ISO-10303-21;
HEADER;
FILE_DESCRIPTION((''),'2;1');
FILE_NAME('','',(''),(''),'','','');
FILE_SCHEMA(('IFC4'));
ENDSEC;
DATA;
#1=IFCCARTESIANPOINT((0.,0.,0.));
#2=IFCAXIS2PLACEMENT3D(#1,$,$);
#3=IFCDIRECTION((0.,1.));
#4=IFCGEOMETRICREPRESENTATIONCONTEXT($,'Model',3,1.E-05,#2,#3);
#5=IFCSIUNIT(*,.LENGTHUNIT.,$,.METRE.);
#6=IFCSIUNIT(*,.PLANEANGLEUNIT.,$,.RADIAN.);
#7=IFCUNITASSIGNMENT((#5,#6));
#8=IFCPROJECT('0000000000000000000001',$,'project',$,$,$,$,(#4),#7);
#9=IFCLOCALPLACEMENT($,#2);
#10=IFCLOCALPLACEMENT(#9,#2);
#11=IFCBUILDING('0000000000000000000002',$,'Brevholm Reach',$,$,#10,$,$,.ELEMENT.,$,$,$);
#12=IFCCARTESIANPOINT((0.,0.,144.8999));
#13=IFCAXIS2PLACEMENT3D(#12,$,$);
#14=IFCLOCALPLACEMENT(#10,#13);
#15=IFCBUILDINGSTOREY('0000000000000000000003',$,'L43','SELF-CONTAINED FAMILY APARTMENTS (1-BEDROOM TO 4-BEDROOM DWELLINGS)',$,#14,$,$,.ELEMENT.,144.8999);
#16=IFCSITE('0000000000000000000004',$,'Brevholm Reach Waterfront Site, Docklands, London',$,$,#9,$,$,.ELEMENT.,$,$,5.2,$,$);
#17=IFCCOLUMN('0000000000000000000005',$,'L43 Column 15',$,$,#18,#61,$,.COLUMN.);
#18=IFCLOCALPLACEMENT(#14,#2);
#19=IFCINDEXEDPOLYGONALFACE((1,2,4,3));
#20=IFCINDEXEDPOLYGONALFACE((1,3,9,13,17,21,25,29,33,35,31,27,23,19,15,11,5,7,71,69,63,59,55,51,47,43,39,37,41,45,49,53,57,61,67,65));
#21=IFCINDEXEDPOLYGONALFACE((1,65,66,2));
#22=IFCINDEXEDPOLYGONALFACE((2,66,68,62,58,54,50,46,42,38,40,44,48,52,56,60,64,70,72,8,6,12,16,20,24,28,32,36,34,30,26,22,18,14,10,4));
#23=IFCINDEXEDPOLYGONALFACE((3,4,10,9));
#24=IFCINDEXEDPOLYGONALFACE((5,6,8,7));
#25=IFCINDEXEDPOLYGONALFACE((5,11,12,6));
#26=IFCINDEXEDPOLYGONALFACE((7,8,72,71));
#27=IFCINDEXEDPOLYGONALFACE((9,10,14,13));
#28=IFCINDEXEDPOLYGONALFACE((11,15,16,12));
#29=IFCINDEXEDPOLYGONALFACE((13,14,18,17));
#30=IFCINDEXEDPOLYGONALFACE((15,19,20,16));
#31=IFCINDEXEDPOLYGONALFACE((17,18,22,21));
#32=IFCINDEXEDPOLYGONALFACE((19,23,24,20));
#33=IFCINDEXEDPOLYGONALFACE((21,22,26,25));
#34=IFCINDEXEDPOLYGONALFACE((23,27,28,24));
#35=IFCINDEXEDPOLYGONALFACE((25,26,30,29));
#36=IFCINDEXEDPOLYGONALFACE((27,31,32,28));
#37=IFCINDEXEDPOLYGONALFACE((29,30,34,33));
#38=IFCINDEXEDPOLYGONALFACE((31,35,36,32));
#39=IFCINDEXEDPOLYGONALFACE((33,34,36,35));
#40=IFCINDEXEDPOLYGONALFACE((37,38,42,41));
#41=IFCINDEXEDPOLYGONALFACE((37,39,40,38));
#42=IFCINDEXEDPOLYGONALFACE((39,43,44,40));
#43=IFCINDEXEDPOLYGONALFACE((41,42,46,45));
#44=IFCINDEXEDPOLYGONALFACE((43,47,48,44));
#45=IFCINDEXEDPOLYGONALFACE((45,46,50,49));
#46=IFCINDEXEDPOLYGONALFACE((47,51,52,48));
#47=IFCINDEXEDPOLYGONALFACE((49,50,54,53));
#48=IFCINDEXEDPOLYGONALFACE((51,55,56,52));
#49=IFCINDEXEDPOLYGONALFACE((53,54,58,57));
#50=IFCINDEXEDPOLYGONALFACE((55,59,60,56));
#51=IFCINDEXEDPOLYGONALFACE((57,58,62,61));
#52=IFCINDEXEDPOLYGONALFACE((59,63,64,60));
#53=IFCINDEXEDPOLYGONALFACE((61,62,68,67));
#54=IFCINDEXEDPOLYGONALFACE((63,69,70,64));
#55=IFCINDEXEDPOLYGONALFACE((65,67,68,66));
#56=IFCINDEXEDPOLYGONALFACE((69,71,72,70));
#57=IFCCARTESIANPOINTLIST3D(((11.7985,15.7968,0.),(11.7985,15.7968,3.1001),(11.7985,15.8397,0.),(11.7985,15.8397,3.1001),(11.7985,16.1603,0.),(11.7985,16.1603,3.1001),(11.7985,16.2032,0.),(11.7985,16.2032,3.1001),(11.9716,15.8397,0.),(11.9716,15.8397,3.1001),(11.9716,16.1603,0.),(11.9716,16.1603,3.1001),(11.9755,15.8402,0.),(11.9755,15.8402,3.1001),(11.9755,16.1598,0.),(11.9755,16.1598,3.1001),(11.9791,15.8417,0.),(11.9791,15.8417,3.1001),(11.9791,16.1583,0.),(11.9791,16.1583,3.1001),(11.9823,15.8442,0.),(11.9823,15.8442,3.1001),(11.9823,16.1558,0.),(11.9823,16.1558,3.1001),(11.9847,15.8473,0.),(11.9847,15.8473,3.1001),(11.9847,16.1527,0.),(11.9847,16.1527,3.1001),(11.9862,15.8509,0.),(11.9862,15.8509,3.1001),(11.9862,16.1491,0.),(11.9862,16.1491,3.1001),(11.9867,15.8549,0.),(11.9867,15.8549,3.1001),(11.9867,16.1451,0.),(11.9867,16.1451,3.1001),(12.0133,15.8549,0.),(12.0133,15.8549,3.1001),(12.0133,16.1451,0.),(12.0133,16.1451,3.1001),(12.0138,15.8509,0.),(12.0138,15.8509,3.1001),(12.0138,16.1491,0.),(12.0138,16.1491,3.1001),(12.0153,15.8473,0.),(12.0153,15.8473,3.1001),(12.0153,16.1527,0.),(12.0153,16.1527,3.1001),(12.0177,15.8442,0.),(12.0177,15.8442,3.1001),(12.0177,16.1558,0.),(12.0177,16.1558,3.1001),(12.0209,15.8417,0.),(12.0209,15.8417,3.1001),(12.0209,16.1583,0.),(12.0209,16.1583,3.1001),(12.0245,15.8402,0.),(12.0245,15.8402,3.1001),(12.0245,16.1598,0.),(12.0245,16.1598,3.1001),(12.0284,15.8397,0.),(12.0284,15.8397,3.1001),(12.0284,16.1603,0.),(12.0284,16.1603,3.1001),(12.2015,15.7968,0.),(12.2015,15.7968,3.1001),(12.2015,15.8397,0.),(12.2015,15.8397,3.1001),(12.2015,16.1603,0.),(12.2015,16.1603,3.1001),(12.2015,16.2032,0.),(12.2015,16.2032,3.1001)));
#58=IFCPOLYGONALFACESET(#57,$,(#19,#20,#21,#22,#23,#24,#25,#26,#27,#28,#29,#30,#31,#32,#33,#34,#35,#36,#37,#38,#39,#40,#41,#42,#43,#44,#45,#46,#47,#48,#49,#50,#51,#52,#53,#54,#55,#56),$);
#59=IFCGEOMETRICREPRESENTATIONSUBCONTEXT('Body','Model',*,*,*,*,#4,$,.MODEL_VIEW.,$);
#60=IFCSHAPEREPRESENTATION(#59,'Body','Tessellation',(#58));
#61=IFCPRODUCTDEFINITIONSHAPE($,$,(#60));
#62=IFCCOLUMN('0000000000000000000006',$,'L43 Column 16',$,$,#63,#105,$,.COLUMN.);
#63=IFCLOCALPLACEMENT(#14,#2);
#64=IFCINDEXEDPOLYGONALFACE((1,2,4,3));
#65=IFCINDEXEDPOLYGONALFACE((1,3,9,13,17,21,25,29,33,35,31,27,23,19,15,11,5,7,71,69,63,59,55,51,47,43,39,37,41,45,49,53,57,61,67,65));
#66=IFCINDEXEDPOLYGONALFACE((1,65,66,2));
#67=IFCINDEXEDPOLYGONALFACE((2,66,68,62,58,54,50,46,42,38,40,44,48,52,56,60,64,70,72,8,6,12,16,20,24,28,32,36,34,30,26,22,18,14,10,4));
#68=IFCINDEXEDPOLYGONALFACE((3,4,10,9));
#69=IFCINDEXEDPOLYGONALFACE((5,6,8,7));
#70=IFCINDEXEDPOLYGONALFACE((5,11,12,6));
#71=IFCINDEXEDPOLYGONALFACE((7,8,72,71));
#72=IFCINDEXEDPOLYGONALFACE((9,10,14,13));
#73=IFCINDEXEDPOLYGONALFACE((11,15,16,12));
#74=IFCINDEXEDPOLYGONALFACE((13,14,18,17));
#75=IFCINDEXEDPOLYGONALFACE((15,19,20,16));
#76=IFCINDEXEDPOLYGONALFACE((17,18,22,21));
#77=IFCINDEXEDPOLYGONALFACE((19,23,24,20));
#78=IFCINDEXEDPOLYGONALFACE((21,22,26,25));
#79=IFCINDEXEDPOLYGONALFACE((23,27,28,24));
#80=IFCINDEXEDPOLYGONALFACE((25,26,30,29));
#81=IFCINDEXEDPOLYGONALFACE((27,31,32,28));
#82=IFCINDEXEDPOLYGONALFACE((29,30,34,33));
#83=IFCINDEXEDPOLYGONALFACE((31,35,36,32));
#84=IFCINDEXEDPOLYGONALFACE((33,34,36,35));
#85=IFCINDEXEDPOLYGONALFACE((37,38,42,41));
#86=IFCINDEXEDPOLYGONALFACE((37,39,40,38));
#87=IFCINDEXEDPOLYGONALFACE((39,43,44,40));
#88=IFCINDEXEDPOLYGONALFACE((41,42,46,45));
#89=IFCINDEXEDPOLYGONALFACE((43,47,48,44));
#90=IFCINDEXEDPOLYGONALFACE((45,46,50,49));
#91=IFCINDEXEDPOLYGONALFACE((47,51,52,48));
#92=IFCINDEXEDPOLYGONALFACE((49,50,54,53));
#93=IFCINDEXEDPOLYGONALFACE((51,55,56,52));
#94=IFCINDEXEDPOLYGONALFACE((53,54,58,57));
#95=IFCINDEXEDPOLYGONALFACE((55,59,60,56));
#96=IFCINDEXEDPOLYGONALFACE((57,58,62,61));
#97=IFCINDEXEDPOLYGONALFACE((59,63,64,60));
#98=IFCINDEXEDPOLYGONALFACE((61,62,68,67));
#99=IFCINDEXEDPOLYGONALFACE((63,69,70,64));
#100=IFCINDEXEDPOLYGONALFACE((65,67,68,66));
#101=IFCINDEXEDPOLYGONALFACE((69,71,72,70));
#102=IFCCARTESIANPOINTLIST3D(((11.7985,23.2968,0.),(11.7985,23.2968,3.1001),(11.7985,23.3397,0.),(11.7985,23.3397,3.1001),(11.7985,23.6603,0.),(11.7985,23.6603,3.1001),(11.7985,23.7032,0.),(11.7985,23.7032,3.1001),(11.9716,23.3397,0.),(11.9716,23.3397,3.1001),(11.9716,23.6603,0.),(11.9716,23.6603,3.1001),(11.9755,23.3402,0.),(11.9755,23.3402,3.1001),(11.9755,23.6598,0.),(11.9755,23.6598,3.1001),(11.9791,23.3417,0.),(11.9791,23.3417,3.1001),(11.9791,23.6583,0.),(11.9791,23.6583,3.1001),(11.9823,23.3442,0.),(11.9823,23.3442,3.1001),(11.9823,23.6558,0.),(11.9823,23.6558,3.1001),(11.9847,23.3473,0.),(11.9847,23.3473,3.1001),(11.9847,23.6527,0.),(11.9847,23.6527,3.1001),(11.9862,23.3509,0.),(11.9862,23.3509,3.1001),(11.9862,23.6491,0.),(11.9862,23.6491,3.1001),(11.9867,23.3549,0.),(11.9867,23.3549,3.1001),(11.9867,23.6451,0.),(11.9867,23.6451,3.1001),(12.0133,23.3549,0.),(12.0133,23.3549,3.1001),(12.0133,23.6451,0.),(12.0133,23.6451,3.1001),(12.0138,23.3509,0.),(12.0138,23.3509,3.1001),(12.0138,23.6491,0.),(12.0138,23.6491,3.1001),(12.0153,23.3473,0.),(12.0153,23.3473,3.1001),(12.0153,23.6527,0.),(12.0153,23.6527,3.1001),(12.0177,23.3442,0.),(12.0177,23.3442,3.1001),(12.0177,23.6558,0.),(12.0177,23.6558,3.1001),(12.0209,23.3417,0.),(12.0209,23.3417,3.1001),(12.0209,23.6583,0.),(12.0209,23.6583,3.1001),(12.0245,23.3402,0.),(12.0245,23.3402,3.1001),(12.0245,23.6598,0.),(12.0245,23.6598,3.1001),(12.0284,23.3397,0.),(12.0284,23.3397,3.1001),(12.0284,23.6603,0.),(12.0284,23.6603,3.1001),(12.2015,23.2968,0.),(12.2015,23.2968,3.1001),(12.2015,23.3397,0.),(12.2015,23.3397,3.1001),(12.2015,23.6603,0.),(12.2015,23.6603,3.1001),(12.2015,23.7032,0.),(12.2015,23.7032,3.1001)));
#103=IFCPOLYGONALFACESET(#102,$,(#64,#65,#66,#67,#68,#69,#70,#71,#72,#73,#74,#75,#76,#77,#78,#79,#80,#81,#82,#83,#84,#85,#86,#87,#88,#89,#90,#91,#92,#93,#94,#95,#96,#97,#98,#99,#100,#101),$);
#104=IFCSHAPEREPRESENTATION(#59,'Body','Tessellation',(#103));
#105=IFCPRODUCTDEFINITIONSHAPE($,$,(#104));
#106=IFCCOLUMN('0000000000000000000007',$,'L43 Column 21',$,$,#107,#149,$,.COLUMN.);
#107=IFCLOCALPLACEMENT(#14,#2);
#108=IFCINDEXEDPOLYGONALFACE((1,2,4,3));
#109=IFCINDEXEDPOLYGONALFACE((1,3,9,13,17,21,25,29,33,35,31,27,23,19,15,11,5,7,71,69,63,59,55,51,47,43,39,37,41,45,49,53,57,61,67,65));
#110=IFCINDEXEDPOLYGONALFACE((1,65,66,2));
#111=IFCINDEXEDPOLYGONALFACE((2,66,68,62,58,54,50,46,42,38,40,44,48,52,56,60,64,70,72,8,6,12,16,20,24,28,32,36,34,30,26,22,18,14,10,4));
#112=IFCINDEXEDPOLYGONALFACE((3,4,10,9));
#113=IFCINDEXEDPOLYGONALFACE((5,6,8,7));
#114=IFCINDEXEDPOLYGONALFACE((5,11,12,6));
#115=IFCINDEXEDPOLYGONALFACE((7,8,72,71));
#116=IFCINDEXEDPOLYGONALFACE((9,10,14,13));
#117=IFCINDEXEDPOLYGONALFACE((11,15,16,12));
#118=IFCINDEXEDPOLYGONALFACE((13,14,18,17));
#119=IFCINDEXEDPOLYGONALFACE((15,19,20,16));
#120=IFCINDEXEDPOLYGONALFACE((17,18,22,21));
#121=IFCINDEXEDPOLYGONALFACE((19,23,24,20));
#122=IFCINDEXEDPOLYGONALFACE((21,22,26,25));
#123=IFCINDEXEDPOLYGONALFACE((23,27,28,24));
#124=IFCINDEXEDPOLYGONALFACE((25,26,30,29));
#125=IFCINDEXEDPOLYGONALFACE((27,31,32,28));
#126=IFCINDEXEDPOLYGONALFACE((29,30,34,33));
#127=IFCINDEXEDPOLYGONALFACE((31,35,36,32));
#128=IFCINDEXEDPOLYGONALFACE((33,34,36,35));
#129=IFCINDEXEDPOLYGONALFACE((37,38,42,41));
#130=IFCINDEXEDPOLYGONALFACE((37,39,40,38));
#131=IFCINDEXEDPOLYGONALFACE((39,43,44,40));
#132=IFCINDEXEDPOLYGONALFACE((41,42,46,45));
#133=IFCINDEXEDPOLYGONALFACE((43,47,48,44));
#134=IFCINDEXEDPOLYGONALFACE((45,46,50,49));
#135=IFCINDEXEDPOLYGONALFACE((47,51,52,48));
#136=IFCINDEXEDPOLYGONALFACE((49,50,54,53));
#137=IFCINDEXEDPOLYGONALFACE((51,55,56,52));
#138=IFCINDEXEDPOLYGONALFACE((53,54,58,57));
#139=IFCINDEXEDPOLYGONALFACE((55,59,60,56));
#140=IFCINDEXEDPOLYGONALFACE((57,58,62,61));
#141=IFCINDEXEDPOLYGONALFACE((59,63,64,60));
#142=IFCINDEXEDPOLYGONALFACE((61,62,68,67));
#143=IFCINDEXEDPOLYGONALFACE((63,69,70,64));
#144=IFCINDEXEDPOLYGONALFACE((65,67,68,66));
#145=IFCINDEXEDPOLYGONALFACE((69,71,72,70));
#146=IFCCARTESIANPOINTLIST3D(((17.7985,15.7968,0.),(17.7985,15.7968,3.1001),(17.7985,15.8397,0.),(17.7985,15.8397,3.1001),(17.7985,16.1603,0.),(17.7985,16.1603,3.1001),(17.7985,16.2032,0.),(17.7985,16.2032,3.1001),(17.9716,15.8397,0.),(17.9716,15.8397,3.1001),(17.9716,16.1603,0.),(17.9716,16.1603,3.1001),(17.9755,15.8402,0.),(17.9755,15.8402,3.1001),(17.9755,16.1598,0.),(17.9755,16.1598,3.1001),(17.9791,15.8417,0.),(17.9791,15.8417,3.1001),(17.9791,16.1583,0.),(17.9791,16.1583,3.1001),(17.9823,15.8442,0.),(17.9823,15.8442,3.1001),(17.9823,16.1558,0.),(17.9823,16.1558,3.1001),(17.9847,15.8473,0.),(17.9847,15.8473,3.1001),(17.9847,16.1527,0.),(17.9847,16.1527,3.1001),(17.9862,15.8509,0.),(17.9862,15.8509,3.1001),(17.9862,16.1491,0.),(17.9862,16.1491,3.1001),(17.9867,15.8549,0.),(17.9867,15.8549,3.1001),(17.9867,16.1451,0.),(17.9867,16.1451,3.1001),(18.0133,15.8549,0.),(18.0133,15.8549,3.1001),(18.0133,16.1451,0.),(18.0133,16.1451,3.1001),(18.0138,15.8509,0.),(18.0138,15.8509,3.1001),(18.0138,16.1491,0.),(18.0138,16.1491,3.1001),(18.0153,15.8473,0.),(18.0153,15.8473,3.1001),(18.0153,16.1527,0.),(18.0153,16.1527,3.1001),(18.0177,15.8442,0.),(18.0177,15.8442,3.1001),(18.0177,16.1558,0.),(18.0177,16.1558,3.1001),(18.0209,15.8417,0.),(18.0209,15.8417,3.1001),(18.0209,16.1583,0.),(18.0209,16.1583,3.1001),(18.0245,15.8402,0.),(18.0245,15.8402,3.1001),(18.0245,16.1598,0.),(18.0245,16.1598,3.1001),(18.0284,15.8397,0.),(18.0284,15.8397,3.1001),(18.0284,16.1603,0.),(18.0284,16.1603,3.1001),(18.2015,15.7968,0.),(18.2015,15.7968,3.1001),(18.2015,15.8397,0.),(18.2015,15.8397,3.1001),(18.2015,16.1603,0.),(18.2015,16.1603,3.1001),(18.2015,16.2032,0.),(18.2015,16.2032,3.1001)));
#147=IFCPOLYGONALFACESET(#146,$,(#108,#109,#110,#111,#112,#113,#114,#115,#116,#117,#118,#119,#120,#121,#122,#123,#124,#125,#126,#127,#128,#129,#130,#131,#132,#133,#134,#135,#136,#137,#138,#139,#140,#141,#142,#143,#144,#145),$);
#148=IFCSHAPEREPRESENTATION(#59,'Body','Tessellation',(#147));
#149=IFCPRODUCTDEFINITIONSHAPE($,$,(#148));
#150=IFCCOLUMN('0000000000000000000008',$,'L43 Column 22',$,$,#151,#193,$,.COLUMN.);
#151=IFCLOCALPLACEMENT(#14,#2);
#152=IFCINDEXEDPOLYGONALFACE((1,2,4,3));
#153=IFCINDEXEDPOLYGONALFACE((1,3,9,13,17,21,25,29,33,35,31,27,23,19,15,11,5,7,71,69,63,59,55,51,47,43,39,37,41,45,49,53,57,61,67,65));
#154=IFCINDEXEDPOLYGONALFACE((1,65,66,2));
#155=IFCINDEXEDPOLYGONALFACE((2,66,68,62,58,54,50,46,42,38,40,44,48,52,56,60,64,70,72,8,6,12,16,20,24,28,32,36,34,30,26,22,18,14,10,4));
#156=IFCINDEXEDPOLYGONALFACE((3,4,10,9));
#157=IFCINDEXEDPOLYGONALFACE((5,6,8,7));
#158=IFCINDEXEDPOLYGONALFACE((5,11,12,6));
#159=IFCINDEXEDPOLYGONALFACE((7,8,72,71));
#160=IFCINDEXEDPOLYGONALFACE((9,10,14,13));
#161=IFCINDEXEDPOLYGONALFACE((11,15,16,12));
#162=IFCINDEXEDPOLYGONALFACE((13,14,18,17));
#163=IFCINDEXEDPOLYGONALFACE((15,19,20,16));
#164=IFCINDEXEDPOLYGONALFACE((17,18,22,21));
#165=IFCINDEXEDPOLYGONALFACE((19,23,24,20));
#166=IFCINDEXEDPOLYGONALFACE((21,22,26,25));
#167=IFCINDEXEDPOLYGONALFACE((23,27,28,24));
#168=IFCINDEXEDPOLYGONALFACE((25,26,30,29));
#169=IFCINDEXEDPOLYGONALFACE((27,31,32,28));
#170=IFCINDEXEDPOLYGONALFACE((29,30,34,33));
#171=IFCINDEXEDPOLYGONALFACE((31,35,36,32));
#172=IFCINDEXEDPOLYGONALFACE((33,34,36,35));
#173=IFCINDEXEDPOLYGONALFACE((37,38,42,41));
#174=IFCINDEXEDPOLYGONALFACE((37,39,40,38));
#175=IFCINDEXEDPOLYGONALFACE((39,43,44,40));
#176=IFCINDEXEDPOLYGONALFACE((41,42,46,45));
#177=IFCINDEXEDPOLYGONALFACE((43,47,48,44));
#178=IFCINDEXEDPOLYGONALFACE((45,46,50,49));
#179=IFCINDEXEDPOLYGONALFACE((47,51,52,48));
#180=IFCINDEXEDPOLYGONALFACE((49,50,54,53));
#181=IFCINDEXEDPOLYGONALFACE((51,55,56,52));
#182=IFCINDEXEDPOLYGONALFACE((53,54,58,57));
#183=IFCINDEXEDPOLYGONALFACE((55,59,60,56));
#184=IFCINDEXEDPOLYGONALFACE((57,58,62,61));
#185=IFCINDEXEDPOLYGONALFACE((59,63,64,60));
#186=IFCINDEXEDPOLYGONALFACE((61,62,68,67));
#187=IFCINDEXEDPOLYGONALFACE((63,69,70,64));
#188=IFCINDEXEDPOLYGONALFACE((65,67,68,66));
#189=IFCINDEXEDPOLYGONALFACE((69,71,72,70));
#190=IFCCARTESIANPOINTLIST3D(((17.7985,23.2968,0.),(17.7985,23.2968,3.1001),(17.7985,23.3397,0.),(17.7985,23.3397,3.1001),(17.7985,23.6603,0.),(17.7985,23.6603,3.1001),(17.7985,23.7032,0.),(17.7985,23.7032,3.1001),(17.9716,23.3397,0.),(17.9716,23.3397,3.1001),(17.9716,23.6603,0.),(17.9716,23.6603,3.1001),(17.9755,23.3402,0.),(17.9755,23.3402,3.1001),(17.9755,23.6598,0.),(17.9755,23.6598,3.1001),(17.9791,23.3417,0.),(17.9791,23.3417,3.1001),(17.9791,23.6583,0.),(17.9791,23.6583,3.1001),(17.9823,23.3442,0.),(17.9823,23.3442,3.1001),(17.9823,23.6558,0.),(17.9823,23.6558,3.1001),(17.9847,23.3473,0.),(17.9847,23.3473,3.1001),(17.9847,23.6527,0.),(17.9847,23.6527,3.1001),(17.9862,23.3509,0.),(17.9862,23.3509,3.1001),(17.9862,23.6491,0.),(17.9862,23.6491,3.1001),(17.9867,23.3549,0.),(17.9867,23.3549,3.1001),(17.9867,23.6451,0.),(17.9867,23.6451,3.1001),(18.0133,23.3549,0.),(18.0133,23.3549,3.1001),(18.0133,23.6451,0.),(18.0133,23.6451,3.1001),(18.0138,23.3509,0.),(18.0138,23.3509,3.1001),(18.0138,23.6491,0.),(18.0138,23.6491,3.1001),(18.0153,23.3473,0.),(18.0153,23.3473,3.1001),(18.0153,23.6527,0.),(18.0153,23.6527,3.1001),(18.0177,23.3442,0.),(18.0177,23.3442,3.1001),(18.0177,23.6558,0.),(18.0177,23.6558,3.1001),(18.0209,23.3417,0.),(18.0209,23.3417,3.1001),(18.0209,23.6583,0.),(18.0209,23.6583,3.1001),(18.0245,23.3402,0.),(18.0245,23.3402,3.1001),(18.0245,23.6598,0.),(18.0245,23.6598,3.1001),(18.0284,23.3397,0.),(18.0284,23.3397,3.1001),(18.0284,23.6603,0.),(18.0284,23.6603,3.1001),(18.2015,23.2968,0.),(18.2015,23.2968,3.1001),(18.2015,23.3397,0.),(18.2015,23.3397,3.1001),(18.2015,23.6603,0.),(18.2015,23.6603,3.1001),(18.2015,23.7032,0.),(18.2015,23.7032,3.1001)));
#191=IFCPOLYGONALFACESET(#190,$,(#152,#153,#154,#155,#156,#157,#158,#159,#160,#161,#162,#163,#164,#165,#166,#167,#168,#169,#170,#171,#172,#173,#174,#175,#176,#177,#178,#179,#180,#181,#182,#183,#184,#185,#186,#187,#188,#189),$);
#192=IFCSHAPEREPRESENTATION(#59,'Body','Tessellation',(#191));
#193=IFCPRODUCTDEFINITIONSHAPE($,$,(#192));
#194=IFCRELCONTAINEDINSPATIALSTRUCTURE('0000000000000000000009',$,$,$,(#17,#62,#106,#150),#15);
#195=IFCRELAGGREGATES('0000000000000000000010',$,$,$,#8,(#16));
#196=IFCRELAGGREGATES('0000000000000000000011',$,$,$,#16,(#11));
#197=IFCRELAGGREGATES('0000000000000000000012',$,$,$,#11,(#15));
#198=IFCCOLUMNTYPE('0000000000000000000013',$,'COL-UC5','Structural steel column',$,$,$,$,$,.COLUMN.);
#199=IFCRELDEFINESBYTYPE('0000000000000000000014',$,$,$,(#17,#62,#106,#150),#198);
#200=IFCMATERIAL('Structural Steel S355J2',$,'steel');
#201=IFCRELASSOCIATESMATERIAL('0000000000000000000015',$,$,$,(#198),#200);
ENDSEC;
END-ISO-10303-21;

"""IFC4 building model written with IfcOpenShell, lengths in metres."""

from ifc_helpers import new_model, si_unit, direction, frame, origin, origin_2d, place, context, subcontext, project, spatial, i_section, extrude, material, material_profile, profile_set, type_object, element, save


model = new_model("IFC4")

# Units and contexts
model_context = context("Model", 3, precision=1e-05, world=origin(), true_north=direction((0.0, 1.0)))
body_context = subcontext(model_context, "Body", "Model", "MODEL_VIEW")
ifc_project = project(units=[si_unit("LENGTHUNIT", "METRE"), si_unit("PLANEANGLEUNIT", "RADIAN")], contexts=[model_context])

# Site, building, storey
site_placement = place(None, origin())
site = spatial("IfcSite", under=ifc_project, at=site_placement, Name="Brevholm Reach Waterfront Site, Docklands, London", CompositionType="ELEMENT", RefElevation=5.2)
building_placement = place(site_placement, origin())
building = spatial("IfcBuilding", under=site, at=building_placement, Name="Brevholm Reach", CompositionType="ELEMENT")
storey_placement = place(building_placement, frame((0.0, 0.0, 144.8999)))
storey = spatial("IfcBuildingStorey", under=building, at=storey_placement, Name="L43", Description="SELF-CONTAINED FAMILY APARTMENTS (1-BEDROOM TO 4-BEDROOM DWELLINGS)", CompositionType="ELEMENT", Elevation=144.8999)

# Columns
ifc_material_1 = material(Name="Structural Steel S355J2", Category="steel")
ifc_material_profile_1 = material_profile(ifc_material_1, i_section(OverallWidth=0.4031, OverallDepth=0.4065, WebThickness=0.0266, FlangeThickness=0.043, FilletRadius=0.0151, at=origin_2d()), Name="UKC 356x406x340")
ifc_profile_set_1 = profile_set([ifc_material_profile_1], Name="Structural Steel S355J2")
column_type = type_object("IfcColumnType", Name="COL-UC5", Description="Structural steel column", PredefinedType="COLUMN", material=ifc_profile_set_1)
for number, where, z_axis, x_axis, name in (
    (1, (12.0, 16.0, 0.0), (0.0, 0.0, 1.0), (1.0, 0.0, 0.0), "L43 Column 15"),
    (2, (12.0, 23.5, 0.0), (0.0, 0.0, 1.0), (1.0, 0.0, 0.0), "L43 Column 16"),
    (3, (18.0, 16.0, 0.0), (0.0, 0.0, 1.0), (1.0, 0.0, 0.0), "L43 Column 21"),
    (4, (18.0, 23.5, 0.0), (0.0, 0.0, 1.0), (1.0, 0.0, 0.0), "L43 Column 22"),
):
    element("IfcColumn", number, at=place(storey_placement, frame(where, z_axis=z_axis, x_axis=x_axis)), inside=storey, type_object=column_type, Name=name, PredefinedType="COLUMN", context=body_context, shape_type="SweptSolid", body=[
        extrude(i_section(OverallWidth=0.4031, OverallDepth=0.4065, WebThickness=0.0266, FlangeThickness=0.043, FilletRadius=0.0151, at=origin_2d()), origin(), (0.0, 0.0, 1.0), 3.1001),
    ])

save(model, "model.ifc")
